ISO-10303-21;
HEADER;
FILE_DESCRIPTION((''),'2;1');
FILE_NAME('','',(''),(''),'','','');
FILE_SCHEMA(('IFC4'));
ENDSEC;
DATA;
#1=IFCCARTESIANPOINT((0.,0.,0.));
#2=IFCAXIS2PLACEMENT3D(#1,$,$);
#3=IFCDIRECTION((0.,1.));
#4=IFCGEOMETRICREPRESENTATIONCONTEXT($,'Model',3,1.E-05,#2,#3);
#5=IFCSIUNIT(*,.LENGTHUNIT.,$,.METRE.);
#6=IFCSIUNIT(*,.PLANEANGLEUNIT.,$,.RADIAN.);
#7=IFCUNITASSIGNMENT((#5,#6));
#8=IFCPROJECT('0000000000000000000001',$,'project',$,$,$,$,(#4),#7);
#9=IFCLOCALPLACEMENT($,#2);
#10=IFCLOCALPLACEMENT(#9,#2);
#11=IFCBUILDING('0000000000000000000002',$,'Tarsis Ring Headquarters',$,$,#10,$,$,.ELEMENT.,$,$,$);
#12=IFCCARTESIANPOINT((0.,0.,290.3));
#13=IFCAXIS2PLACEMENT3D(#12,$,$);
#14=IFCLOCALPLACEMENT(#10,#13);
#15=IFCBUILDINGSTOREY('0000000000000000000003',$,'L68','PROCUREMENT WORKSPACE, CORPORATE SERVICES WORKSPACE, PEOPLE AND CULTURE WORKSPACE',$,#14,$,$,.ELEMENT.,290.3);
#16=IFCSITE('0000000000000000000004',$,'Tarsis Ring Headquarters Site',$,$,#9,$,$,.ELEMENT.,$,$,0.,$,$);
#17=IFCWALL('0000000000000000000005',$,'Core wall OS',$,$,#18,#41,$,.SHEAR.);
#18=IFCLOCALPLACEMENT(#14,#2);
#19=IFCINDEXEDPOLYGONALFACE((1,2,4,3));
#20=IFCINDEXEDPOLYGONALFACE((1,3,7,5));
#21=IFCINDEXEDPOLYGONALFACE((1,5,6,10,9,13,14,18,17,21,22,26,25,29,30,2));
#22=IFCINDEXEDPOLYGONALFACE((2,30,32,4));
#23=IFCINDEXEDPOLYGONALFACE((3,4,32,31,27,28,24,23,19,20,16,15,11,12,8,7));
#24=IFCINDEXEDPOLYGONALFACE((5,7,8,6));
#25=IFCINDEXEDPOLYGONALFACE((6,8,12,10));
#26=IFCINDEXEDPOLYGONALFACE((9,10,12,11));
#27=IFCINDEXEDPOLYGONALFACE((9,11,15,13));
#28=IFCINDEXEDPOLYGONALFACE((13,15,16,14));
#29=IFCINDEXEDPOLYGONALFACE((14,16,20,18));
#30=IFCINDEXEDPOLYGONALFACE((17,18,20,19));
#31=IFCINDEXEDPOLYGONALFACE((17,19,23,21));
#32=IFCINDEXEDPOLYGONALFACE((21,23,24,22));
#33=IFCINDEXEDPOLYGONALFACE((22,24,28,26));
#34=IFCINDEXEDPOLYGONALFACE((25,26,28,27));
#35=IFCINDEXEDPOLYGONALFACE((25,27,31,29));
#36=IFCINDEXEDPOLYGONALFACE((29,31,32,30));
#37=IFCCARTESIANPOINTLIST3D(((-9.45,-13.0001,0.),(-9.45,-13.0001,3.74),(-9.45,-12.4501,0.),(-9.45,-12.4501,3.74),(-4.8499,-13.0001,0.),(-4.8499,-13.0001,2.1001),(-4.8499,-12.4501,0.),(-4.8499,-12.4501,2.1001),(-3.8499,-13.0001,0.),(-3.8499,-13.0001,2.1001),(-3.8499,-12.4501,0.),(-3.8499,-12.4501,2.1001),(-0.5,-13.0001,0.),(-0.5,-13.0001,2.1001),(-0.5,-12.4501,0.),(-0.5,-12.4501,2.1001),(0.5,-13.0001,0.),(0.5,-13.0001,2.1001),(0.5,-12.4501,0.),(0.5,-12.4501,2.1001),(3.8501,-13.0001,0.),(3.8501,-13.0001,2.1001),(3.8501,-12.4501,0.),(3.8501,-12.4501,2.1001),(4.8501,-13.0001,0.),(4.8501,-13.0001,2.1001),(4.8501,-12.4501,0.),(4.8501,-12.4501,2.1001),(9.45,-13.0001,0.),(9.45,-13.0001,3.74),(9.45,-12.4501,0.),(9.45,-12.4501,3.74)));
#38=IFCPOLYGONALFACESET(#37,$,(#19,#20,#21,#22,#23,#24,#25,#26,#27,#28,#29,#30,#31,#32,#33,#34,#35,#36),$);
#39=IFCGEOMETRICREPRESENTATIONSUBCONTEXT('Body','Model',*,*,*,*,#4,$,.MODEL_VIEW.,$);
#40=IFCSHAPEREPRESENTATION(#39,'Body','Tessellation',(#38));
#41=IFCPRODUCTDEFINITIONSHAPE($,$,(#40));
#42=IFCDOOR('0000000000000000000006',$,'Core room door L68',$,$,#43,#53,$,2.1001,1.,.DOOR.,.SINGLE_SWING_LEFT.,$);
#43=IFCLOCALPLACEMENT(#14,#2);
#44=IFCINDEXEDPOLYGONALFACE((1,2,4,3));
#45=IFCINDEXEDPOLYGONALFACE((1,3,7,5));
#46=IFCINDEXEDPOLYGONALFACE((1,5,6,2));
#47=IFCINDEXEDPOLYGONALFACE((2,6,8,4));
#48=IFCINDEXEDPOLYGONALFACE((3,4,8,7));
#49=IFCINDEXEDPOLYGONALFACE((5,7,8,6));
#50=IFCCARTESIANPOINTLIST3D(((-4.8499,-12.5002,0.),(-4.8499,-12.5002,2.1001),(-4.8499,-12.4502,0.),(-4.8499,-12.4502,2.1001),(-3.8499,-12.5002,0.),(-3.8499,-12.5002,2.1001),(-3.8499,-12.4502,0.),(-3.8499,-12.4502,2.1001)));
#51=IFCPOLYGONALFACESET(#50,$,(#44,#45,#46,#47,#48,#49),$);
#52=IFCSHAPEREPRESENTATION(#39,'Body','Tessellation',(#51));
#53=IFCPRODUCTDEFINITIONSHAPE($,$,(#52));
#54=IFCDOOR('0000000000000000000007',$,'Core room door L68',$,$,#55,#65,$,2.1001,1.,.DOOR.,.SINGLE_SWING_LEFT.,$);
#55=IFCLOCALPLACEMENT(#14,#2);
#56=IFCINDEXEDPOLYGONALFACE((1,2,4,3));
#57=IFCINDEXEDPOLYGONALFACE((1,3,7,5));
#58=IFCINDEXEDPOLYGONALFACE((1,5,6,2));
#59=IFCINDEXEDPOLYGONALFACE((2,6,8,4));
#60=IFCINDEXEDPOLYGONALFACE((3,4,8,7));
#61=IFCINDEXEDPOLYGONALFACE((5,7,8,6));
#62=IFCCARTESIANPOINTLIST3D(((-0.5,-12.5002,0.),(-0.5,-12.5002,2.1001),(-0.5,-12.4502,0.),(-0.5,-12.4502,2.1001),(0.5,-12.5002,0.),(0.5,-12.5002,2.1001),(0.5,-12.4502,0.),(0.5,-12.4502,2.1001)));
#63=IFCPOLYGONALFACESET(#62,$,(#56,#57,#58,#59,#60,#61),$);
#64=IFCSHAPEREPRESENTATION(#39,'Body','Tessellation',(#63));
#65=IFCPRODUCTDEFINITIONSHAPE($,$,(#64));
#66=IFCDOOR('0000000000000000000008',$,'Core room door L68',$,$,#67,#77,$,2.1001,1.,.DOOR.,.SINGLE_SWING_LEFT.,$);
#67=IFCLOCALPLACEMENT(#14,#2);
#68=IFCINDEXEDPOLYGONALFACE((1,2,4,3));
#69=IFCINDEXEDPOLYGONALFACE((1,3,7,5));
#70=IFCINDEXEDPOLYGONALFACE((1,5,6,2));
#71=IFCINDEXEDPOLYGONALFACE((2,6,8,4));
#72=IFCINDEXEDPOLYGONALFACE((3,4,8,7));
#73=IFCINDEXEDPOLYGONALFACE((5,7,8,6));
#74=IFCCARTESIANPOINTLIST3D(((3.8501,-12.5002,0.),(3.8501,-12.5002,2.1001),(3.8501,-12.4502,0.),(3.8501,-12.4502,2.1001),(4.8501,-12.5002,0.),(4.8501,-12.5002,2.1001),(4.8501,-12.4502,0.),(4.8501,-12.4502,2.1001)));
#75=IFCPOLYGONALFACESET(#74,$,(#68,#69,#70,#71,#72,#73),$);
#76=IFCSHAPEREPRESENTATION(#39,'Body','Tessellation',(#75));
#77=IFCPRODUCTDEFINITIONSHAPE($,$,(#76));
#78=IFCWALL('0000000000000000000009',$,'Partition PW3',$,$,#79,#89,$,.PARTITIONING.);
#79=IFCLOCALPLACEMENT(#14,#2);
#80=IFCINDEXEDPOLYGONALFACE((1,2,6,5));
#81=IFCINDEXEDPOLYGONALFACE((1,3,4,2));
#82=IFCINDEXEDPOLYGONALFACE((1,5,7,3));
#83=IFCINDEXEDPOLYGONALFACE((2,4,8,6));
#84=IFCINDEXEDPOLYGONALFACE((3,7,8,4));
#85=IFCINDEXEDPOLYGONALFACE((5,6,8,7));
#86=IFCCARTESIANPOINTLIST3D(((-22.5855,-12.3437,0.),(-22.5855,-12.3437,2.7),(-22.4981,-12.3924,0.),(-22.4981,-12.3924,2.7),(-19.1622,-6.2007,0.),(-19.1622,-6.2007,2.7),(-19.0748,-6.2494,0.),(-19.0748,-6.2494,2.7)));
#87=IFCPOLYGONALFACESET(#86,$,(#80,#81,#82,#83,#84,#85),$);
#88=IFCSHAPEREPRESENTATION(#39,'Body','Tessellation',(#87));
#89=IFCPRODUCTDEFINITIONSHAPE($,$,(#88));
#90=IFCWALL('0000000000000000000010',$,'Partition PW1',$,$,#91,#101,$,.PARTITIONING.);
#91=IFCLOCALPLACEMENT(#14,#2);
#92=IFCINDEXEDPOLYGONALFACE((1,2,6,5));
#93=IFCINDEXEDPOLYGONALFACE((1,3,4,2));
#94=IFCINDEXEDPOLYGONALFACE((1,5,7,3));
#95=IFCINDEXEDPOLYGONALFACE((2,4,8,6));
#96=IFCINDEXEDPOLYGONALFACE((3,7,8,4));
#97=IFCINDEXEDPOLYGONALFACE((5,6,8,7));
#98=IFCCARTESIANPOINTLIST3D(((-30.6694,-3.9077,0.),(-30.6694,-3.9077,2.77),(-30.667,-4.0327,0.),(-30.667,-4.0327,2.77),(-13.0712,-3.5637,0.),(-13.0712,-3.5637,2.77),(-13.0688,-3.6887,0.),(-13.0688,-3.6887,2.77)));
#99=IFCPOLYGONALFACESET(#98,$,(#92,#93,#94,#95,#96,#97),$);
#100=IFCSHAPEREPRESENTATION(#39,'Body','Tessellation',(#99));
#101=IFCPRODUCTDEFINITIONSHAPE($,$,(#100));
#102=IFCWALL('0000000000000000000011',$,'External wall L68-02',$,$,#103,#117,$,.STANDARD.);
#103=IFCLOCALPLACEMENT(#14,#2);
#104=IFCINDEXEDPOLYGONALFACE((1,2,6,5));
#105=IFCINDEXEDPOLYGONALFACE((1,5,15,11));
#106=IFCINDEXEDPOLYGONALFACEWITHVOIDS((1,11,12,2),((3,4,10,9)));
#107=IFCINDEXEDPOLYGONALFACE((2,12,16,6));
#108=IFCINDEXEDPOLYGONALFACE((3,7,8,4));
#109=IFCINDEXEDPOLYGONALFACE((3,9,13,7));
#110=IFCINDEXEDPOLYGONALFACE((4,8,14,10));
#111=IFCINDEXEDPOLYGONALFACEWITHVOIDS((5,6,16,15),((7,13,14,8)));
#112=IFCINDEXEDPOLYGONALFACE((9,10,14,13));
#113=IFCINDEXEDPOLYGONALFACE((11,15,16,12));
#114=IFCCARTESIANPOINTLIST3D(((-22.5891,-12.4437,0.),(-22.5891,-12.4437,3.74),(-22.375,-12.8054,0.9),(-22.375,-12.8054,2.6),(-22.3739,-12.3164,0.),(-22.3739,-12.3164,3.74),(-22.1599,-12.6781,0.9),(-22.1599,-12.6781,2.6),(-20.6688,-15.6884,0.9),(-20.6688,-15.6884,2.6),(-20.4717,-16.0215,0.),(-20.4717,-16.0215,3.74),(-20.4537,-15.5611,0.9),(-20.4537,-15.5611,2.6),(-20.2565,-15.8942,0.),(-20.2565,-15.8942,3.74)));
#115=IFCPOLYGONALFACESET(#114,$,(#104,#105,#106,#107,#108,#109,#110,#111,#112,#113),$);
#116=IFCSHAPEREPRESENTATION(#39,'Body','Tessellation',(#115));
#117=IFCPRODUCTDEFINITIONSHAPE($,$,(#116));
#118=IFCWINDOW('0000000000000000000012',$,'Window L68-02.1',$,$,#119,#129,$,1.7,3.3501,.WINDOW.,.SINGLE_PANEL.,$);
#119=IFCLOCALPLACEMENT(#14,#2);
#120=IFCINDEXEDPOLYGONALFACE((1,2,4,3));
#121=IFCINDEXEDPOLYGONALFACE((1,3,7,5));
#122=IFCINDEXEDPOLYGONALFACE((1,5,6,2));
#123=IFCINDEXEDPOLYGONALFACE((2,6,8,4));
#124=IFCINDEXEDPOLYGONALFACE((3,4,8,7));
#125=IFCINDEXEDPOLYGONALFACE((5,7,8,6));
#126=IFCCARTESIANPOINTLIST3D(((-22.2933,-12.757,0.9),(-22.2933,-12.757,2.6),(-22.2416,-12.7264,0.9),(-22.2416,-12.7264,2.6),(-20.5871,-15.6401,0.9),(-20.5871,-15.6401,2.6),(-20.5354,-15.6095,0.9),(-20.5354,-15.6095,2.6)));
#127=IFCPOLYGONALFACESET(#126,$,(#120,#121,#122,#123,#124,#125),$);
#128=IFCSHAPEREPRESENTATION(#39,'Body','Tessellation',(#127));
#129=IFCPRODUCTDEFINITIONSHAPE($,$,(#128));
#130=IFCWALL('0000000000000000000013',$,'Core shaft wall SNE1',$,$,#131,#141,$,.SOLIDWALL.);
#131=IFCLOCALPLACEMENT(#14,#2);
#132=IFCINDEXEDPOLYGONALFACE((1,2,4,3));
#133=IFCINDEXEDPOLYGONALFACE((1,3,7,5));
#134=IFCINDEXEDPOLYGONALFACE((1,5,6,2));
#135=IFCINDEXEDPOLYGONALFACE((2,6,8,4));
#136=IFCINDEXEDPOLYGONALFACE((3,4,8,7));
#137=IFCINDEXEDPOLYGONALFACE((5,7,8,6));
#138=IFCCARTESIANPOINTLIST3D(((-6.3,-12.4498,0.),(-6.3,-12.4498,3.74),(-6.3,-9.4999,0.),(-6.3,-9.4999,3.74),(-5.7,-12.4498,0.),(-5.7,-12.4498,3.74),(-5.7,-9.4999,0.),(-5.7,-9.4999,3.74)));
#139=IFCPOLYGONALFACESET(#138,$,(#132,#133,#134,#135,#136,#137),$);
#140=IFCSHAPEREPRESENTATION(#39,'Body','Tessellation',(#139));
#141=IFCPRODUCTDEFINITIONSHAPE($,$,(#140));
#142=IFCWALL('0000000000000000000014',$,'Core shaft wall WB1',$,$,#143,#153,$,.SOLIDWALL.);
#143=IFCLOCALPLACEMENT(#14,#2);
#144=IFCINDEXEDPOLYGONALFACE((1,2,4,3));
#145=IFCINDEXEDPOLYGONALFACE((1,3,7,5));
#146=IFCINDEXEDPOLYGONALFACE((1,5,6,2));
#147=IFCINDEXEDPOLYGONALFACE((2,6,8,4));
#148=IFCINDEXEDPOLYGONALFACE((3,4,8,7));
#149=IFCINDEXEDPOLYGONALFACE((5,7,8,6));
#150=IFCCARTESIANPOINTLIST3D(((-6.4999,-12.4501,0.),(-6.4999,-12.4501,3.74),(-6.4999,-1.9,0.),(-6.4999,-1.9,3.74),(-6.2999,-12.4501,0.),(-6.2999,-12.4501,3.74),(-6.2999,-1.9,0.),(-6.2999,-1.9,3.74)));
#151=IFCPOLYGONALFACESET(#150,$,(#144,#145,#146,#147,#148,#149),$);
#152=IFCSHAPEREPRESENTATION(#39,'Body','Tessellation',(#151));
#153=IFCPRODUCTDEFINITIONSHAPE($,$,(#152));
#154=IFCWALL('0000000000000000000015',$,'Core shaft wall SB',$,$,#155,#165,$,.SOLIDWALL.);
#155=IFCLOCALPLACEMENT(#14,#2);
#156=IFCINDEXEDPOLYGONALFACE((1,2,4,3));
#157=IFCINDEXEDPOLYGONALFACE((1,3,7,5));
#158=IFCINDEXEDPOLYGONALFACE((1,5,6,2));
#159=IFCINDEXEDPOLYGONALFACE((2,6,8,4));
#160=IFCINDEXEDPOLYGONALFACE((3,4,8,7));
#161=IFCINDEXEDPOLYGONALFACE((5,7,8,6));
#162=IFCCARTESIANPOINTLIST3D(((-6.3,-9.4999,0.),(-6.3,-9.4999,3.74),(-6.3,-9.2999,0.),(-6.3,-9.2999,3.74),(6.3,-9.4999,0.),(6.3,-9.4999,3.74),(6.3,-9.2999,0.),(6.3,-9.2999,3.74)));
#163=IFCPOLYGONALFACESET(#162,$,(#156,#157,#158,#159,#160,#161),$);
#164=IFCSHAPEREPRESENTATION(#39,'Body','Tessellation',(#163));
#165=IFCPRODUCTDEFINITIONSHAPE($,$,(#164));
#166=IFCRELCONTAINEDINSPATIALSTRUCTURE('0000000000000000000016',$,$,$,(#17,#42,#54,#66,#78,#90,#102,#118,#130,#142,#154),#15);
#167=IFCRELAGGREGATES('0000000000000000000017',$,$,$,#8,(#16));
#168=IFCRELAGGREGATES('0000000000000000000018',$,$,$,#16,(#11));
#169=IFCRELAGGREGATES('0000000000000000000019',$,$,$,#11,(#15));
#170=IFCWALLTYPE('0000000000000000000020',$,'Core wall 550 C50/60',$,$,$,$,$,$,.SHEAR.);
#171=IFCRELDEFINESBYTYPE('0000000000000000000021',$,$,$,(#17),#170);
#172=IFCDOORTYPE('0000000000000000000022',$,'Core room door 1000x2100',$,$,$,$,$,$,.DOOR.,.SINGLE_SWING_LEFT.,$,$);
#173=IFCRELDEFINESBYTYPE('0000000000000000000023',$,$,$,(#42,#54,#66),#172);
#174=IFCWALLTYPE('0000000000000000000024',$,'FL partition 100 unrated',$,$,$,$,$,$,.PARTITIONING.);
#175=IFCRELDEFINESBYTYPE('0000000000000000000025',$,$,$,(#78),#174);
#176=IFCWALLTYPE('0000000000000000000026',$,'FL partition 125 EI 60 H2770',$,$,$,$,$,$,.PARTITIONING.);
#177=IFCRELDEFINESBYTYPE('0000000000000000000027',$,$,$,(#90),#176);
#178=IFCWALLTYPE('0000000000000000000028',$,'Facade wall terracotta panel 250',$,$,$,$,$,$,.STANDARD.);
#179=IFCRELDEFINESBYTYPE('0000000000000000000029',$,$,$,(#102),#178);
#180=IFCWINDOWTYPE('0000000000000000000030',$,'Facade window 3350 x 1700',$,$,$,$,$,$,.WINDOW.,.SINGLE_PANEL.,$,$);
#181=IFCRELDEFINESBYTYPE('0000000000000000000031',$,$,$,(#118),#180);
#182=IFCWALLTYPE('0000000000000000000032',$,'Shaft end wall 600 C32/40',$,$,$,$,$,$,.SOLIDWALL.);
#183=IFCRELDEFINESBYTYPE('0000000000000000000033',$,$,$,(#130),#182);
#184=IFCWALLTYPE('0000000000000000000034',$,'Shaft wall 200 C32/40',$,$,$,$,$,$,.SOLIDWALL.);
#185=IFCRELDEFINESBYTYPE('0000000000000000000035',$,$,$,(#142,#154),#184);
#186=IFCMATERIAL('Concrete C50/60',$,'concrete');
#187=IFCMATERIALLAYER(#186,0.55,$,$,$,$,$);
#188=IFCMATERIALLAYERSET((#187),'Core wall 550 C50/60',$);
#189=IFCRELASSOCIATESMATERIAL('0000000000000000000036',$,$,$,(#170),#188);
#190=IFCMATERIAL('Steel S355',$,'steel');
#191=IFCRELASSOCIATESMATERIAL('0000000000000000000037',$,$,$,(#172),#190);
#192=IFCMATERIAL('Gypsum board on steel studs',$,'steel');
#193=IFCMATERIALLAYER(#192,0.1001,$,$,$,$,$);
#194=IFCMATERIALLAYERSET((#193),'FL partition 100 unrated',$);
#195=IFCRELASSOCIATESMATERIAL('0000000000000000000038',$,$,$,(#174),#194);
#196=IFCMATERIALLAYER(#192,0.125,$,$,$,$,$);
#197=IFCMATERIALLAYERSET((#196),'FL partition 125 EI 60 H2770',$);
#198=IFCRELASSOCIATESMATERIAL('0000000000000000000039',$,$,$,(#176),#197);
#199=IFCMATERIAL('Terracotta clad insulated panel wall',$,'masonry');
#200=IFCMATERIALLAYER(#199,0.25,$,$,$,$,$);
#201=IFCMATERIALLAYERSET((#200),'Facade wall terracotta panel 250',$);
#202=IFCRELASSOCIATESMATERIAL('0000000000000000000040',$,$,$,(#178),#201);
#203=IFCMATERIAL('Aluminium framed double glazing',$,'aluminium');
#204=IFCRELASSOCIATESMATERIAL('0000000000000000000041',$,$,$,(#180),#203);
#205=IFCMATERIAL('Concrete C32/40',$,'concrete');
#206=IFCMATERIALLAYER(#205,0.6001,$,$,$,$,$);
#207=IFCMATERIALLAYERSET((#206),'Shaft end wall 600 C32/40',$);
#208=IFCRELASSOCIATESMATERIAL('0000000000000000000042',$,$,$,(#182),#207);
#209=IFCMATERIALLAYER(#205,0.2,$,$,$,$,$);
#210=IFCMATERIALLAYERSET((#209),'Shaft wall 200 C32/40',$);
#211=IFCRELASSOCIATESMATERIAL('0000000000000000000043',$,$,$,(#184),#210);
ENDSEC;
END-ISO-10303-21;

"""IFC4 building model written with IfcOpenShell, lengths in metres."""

from ifc_helpers import new_model, si_unit, direction, frame, frame_2d, origin, place, context, subcontext, project, spatial, rectangle, extrude, material, layer, layer_set, type_object, element, fill, save


model = new_model("IFC4")

# Units and contexts
model_context = context("Model", 3, precision=1e-05, world=origin(), true_north=direction((0.0, 1.0)))
body_context = subcontext(model_context, "Body", "Model", "MODEL_VIEW")
ifc_project = project(units=[si_unit("LENGTHUNIT", "METRE"), si_unit("PLANEANGLEUNIT", "RADIAN")], contexts=[model_context])

# Site, building, storey
site_placement = place(None, origin())
site = spatial("IfcSite", under=ifc_project, at=site_placement, Name="Tarsis Ring Headquarters Site", CompositionType="ELEMENT", RefElevation=0.0)
building_placement = place(site_placement, origin())
building = spatial("IfcBuilding", under=site, at=building_placement, Name="Tarsis Ring Headquarters", CompositionType="ELEMENT")
storey_placement = place(building_placement, frame((0.0, 0.0, 290.3)))
storey = spatial("IfcBuildingStorey", under=building, at=storey_placement, Name="L68", Description="PROCUREMENT WORKSPACE, CORPORATE SERVICES WORKSPACE, PEOPLE AND CULTURE WORKSPACE", CompositionType="ELEMENT", Elevation=290.3)

# Wall, openings, doors
ifc_material_1 = material(Name="Concrete C50/60", Category="concrete")
ifc_layer_1 = layer(ifc_material_1, 0.55)
ifc_layer_set_1 = layer_set([ifc_layer_1], Name="Core wall 550 C50/60")
wall_type_1 = type_object("IfcWallType", Name="Core wall 550 C50/60", PredefinedType="SHEAR", material=ifc_layer_set_1)
ifc_material_2 = material(Name="Steel S355", Category="steel")
door_type_1 = type_object("IfcDoorType", Name="Core room door 1000x2100", OperationType="SINGLE_SWING_LEFT", PredefinedType="DOOR", material=ifc_material_2)
wall_1_placement = place(storey_placement, frame((-9.45, -12.7251, 0.0), z_axis=(0.0, 0.0, 1.0), x_axis=(1.0, 0.0, 0.0)))
wall_1 = element("IfcWall", 1, at=wall_1_placement, inside=storey, type_object=wall_type_1, Name="Core wall OS", PredefinedType="SHEAR", context=body_context, shape_type="SweptSolid", body=[
    extrude(rectangle(XDim=18.8999, YDim=0.55, at=frame_2d((9.45, 0.0))), origin(), (0.0, 0.0, 1.0), 3.74),
])
opening_1_placement = place(wall_1_placement, frame((4.6001, 0.0, 0.0)))
opening_1 = element("IfcOpeningElement", 2, at=opening_1_placement, cuts=wall_1, PredefinedType="OPENING", context=body_context, shape_type="SweptSolid", body=[
    extrude(rectangle(XDim=1.0, YDim=2.1001, at=frame_2d((0.5, 1.05))), frame((0.0, 0.2849, 0.0), z_axis=(0.0, -1.0, 0.0), x_axis=(1.0, 0.0, 0.0)), (0.0, 0.0, 1.0), 0.5701),
])
opening_2_placement = place(wall_1_placement, frame((8.95, 0.0, 0.0)))
opening_2 = element("IfcOpeningElement", 3, at=opening_2_placement, cuts=wall_1, PredefinedType="OPENING", context=body_context, shape_type="SweptSolid", body=[
    extrude(rectangle(XDim=1.0, YDim=2.1001, at=frame_2d((0.5, 1.05))), frame((0.0, 0.2849, 0.0), z_axis=(0.0, -1.0, 0.0), x_axis=(1.0, 0.0, 0.0)), (0.0, 0.0, 1.0), 0.5701),
])
opening_3_placement = place(wall_1_placement, frame((13.3, 0.0, 0.0)))
opening_3 = element("IfcOpeningElement", 4, at=opening_3_placement, cuts=wall_1, PredefinedType="OPENING", context=body_context, shape_type="SweptSolid", body=[
    extrude(rectangle(XDim=1.0, YDim=2.1001, at=frame_2d((0.5, 1.05))), frame((0.0, 0.2849, 0.0), z_axis=(0.0, -1.0, 0.0), x_axis=(1.0, 0.0, 0.0)), (0.0, 0.0, 1.0), 0.5701),
])
door_1_placement = place(opening_1_placement, origin())
door_1 = element("IfcDoor", 5, at=door_1_placement, inside=storey, type_object=door_type_1, Name="Core room door L68", OperationType="SINGLE_SWING_LEFT", OverallHeight=2.1001, OverallWidth=1.0, PredefinedType="DOOR", context=body_context, shape_type="SweptSolid", body=[
    extrude(rectangle(XDim=1.0, YDim=2.1001, at=frame_2d((0.5, 1.05))), frame((0.0, 0.2749, 0.0), z_axis=(0.0, -1.0, 0.0), x_axis=(1.0, 0.0, 0.0)), (0.0, 0.0, 1.0), 0.05),
])
fill(opening_1, door_1)
door_2_placement = place(opening_2_placement, origin())
door_2 = element("IfcDoor", 6, at=door_2_placement, inside=storey, type_object=door_type_1, Name="Core room door L68", OperationType="SINGLE_SWING_LEFT", OverallHeight=2.1001, OverallWidth=1.0, PredefinedType="DOOR", context=body_context, shape_type="SweptSolid", body=[
    extrude(rectangle(XDim=1.0, YDim=2.1001, at=frame_2d((0.5, 1.05))), frame((0.0, 0.2749, 0.0), z_axis=(0.0, -1.0, 0.0), x_axis=(1.0, 0.0, 0.0)), (0.0, 0.0, 1.0), 0.05),
])
fill(opening_2, door_2)
door_3_placement = place(opening_3_placement, origin())
door_3 = element("IfcDoor", 7, at=door_3_placement, inside=storey, type_object=door_type_1, Name="Core room door L68", OperationType="SINGLE_SWING_LEFT", OverallHeight=2.1001, OverallWidth=1.0, PredefinedType="DOOR", context=body_context, shape_type="SweptSolid", body=[
    extrude(rectangle(XDim=1.0, YDim=2.1001, at=frame_2d((0.5, 1.05))), frame((0.0, 0.2749, 0.0), z_axis=(0.0, -1.0, 0.0), x_axis=(1.0, 0.0, 0.0)), (0.0, 0.0, 1.0), 0.05),
])
fill(opening_3, door_3)

# Walls
ifc_material_3 = material(Name="Gypsum board on steel studs", Category="steel")
ifc_layer_2 = layer(ifc_material_3, 0.1001)
ifc_layer_set_2 = layer_set([ifc_layer_2], Name="FL partition 100 unrated")
wall_type_2 = type_object("IfcWallType", Name="FL partition 100 unrated", PredefinedType="PARTITIONING", material=ifc_layer_set_2)
wall_2_placement = place(storey_placement, frame((-22.5417, -12.3679, 0.0), z_axis=(0.0, 0.0, 1.0), x_axis=(0.486786, 0.873521, 0.0)))
element("IfcWall", 8, at=wall_2_placement, inside=storey, type_object=wall_type_2, Name="Partition PW3", PredefinedType="PARTITIONING", context=body_context, shape_type="SweptSolid", body=[
    extrude(rectangle(XDim=7.0325, YDim=0.1001, at=frame_2d((3.5161, 0.0))), origin(), (0.0, 0.0, 1.0), 2.7),
])
ifc_layer_3 = layer(ifc_material_3, 0.125)
ifc_layer_set_3 = layer_set([ifc_layer_3], Name="FL partition 125 EI 60 H2770")
wall_type_3 = type_object("IfcWallType", Name="FL partition 125 EI 60 H2770", PredefinedType="PARTITIONING", material=ifc_layer_set_3)
wall_3_placement = place(storey_placement, frame((-30.6682, -3.9702, 0.0), z_axis=(0.0, 0.0, 1.0), x_axis=(0.999809, 0.019543, 0.0)))
element("IfcWall", 9, at=wall_3_placement, inside=storey, type_object=wall_type_3, Name="Partition PW1", PredefinedType="PARTITIONING", context=body_context, shape_type="SweptSolid", body=[
    extrude(rectangle(XDim=17.6016, YDim=0.125, at=frame_2d((8.8008, 0.0))), origin(), (0.0, 0.0, 1.0), 2.77),
])

# Wall, opening, window
ifc_material_4 = material(Name="Terracotta clad insulated panel wall", Category="masonry")
ifc_layer_4 = layer(ifc_material_4, 0.25)
ifc_layer_set_4 = layer_set([ifc_layer_4], Name="Facade wall terracotta panel 250")
wall_type_4 = type_object("IfcWallType", Name="Facade wall terracotta panel 250", PredefinedType="STANDARD", material=ifc_layer_set_4)
wall_4_placement = place(storey_placement, frame((-22.4814, -12.3801, 0.0), z_axis=(0.0, 0.0, 1.0), x_axis=(0.509305, -0.860586, 0.0)))
wall_4 = element("IfcWall", 10, at=wall_4_placement, inside=storey, type_object=wall_type_4, Name="External wall L68-02", PredefinedType="STANDARD", context=body_context, shape_type="SweptSolid", body=[
    extrude(rectangle(XDim=4.1575, YDim=0.25, at=frame_2d((2.0786, 0.0))), origin(), (0.0, 0.0, 1.0), 3.74),
])
opening_4_placement = place(wall_4_placement, frame((0.4202, 0.0, 0.8999)))
opening_4 = element("IfcOpeningElement", 11, at=opening_4_placement, cuts=wall_4, PredefinedType="OPENING", context=body_context, shape_type="SweptSolid", body=[
    extrude(rectangle(XDim=3.3501, YDim=1.7, at=frame_2d((1.675, 0.8501))), frame((0.0, 0.135, 0.0), z_axis=(0.0, -1.0, 0.0), x_axis=(1.0, 0.0, 0.0)), (0.0, 0.0, 1.0), 0.27),
])
ifc_material_5 = material(Name="Aluminium framed double glazing", Category="aluminium")
window_type = type_object("IfcWindowType", Name="Facade window 3350 x 1700", PartitioningType="SINGLE_PANEL", PredefinedType="WINDOW", material=ifc_material_5)
window_placement = place(opening_4_placement, origin())
window = element("IfcWindow", 12, at=window_placement, inside=storey, type_object=window_type, Name="Window L68-02.1", OverallHeight=1.7, OverallWidth=3.3501, PartitioningType="SINGLE_PANEL", PredefinedType="WINDOW", context=body_context, shape_type="SweptSolid", body=[
    extrude(rectangle(XDim=3.3501, YDim=1.7, at=frame_2d((1.675, 0.8501))), frame((0.0, 0.03, 0.0), z_axis=(0.0, -1.0, 0.0), x_axis=(1.0, 0.0, 0.0)), (0.0, 0.0, 1.0), 0.0601),
])
fill(opening_4, window)

# Walls
ifc_material_6 = material(Name="Concrete C32/40", Category="concrete")
ifc_layer_5 = layer(ifc_material_6, 0.6001)
ifc_layer_set_5 = layer_set([ifc_layer_5], Name="Shaft end wall 600 C32/40")
wall_type_5 = type_object("IfcWallType", Name="Shaft end wall 600 C32/40", PredefinedType="SOLIDWALL", material=ifc_layer_set_5)
wall_5_placement = place(storey_placement, frame((-6.0, -12.45, 0.0), z_axis=(0.0, 0.0, 1.0), x_axis=(0.0, 1.0, 0.0)))
element("IfcWall", 13, at=wall_5_placement, inside=storey, type_object=wall_type_5, Name="Core shaft wall SNE1", PredefinedType="SOLIDWALL", context=body_context, shape_type="SweptSolid", body=[
    extrude(rectangle(XDim=2.95, YDim=0.6001, at=frame_2d((1.4751, 0.0))), origin(), (0.0, 0.0, 1.0), 3.74),
])
ifc_layer_6 = layer(ifc_material_6, 0.2)
ifc_layer_set_6 = layer_set([ifc_layer_6], Name="Shaft wall 200 C32/40")
wall_type_6 = type_object("IfcWallType", Name="Shaft wall 200 C32/40", PredefinedType="SOLIDWALL", material=ifc_layer_set_6)
wall_6_placement = place(storey_placement, frame((-6.3999, -12.45, 0.0), z_axis=(0.0, 0.0, 1.0), x_axis=(0.0, 1.0, 0.0)))
element("IfcWall", 14, at=wall_6_placement, inside=storey, type_object=wall_type_6, Name="Core shaft wall WB1", PredefinedType="SOLIDWALL", context=body_context, shape_type="SweptSolid", body=[
    extrude(rectangle(XDim=10.55, YDim=0.2, at=frame_2d((5.2749, 0.0))), origin(), (0.0, 0.0, 1.0), 3.74),
])
wall_7_placement = place(storey_placement, frame((-6.3, -9.3999, 0.0), z_axis=(0.0, 0.0, 1.0), x_axis=(1.0, 0.0, 0.0)))
element("IfcWall", 15, at=wall_7_placement, inside=storey, type_object=wall_type_6, Name="Core shaft wall SB", PredefinedType="SOLIDWALL", context=body_context, shape_type="SweptSolid", body=[
    extrude(rectangle(XDim=12.6001, YDim=0.2, at=frame_2d((6.3, 0.0))), origin(), (0.0, 0.0, 1.0), 3.74),
])

save(model, "model.ifc")
